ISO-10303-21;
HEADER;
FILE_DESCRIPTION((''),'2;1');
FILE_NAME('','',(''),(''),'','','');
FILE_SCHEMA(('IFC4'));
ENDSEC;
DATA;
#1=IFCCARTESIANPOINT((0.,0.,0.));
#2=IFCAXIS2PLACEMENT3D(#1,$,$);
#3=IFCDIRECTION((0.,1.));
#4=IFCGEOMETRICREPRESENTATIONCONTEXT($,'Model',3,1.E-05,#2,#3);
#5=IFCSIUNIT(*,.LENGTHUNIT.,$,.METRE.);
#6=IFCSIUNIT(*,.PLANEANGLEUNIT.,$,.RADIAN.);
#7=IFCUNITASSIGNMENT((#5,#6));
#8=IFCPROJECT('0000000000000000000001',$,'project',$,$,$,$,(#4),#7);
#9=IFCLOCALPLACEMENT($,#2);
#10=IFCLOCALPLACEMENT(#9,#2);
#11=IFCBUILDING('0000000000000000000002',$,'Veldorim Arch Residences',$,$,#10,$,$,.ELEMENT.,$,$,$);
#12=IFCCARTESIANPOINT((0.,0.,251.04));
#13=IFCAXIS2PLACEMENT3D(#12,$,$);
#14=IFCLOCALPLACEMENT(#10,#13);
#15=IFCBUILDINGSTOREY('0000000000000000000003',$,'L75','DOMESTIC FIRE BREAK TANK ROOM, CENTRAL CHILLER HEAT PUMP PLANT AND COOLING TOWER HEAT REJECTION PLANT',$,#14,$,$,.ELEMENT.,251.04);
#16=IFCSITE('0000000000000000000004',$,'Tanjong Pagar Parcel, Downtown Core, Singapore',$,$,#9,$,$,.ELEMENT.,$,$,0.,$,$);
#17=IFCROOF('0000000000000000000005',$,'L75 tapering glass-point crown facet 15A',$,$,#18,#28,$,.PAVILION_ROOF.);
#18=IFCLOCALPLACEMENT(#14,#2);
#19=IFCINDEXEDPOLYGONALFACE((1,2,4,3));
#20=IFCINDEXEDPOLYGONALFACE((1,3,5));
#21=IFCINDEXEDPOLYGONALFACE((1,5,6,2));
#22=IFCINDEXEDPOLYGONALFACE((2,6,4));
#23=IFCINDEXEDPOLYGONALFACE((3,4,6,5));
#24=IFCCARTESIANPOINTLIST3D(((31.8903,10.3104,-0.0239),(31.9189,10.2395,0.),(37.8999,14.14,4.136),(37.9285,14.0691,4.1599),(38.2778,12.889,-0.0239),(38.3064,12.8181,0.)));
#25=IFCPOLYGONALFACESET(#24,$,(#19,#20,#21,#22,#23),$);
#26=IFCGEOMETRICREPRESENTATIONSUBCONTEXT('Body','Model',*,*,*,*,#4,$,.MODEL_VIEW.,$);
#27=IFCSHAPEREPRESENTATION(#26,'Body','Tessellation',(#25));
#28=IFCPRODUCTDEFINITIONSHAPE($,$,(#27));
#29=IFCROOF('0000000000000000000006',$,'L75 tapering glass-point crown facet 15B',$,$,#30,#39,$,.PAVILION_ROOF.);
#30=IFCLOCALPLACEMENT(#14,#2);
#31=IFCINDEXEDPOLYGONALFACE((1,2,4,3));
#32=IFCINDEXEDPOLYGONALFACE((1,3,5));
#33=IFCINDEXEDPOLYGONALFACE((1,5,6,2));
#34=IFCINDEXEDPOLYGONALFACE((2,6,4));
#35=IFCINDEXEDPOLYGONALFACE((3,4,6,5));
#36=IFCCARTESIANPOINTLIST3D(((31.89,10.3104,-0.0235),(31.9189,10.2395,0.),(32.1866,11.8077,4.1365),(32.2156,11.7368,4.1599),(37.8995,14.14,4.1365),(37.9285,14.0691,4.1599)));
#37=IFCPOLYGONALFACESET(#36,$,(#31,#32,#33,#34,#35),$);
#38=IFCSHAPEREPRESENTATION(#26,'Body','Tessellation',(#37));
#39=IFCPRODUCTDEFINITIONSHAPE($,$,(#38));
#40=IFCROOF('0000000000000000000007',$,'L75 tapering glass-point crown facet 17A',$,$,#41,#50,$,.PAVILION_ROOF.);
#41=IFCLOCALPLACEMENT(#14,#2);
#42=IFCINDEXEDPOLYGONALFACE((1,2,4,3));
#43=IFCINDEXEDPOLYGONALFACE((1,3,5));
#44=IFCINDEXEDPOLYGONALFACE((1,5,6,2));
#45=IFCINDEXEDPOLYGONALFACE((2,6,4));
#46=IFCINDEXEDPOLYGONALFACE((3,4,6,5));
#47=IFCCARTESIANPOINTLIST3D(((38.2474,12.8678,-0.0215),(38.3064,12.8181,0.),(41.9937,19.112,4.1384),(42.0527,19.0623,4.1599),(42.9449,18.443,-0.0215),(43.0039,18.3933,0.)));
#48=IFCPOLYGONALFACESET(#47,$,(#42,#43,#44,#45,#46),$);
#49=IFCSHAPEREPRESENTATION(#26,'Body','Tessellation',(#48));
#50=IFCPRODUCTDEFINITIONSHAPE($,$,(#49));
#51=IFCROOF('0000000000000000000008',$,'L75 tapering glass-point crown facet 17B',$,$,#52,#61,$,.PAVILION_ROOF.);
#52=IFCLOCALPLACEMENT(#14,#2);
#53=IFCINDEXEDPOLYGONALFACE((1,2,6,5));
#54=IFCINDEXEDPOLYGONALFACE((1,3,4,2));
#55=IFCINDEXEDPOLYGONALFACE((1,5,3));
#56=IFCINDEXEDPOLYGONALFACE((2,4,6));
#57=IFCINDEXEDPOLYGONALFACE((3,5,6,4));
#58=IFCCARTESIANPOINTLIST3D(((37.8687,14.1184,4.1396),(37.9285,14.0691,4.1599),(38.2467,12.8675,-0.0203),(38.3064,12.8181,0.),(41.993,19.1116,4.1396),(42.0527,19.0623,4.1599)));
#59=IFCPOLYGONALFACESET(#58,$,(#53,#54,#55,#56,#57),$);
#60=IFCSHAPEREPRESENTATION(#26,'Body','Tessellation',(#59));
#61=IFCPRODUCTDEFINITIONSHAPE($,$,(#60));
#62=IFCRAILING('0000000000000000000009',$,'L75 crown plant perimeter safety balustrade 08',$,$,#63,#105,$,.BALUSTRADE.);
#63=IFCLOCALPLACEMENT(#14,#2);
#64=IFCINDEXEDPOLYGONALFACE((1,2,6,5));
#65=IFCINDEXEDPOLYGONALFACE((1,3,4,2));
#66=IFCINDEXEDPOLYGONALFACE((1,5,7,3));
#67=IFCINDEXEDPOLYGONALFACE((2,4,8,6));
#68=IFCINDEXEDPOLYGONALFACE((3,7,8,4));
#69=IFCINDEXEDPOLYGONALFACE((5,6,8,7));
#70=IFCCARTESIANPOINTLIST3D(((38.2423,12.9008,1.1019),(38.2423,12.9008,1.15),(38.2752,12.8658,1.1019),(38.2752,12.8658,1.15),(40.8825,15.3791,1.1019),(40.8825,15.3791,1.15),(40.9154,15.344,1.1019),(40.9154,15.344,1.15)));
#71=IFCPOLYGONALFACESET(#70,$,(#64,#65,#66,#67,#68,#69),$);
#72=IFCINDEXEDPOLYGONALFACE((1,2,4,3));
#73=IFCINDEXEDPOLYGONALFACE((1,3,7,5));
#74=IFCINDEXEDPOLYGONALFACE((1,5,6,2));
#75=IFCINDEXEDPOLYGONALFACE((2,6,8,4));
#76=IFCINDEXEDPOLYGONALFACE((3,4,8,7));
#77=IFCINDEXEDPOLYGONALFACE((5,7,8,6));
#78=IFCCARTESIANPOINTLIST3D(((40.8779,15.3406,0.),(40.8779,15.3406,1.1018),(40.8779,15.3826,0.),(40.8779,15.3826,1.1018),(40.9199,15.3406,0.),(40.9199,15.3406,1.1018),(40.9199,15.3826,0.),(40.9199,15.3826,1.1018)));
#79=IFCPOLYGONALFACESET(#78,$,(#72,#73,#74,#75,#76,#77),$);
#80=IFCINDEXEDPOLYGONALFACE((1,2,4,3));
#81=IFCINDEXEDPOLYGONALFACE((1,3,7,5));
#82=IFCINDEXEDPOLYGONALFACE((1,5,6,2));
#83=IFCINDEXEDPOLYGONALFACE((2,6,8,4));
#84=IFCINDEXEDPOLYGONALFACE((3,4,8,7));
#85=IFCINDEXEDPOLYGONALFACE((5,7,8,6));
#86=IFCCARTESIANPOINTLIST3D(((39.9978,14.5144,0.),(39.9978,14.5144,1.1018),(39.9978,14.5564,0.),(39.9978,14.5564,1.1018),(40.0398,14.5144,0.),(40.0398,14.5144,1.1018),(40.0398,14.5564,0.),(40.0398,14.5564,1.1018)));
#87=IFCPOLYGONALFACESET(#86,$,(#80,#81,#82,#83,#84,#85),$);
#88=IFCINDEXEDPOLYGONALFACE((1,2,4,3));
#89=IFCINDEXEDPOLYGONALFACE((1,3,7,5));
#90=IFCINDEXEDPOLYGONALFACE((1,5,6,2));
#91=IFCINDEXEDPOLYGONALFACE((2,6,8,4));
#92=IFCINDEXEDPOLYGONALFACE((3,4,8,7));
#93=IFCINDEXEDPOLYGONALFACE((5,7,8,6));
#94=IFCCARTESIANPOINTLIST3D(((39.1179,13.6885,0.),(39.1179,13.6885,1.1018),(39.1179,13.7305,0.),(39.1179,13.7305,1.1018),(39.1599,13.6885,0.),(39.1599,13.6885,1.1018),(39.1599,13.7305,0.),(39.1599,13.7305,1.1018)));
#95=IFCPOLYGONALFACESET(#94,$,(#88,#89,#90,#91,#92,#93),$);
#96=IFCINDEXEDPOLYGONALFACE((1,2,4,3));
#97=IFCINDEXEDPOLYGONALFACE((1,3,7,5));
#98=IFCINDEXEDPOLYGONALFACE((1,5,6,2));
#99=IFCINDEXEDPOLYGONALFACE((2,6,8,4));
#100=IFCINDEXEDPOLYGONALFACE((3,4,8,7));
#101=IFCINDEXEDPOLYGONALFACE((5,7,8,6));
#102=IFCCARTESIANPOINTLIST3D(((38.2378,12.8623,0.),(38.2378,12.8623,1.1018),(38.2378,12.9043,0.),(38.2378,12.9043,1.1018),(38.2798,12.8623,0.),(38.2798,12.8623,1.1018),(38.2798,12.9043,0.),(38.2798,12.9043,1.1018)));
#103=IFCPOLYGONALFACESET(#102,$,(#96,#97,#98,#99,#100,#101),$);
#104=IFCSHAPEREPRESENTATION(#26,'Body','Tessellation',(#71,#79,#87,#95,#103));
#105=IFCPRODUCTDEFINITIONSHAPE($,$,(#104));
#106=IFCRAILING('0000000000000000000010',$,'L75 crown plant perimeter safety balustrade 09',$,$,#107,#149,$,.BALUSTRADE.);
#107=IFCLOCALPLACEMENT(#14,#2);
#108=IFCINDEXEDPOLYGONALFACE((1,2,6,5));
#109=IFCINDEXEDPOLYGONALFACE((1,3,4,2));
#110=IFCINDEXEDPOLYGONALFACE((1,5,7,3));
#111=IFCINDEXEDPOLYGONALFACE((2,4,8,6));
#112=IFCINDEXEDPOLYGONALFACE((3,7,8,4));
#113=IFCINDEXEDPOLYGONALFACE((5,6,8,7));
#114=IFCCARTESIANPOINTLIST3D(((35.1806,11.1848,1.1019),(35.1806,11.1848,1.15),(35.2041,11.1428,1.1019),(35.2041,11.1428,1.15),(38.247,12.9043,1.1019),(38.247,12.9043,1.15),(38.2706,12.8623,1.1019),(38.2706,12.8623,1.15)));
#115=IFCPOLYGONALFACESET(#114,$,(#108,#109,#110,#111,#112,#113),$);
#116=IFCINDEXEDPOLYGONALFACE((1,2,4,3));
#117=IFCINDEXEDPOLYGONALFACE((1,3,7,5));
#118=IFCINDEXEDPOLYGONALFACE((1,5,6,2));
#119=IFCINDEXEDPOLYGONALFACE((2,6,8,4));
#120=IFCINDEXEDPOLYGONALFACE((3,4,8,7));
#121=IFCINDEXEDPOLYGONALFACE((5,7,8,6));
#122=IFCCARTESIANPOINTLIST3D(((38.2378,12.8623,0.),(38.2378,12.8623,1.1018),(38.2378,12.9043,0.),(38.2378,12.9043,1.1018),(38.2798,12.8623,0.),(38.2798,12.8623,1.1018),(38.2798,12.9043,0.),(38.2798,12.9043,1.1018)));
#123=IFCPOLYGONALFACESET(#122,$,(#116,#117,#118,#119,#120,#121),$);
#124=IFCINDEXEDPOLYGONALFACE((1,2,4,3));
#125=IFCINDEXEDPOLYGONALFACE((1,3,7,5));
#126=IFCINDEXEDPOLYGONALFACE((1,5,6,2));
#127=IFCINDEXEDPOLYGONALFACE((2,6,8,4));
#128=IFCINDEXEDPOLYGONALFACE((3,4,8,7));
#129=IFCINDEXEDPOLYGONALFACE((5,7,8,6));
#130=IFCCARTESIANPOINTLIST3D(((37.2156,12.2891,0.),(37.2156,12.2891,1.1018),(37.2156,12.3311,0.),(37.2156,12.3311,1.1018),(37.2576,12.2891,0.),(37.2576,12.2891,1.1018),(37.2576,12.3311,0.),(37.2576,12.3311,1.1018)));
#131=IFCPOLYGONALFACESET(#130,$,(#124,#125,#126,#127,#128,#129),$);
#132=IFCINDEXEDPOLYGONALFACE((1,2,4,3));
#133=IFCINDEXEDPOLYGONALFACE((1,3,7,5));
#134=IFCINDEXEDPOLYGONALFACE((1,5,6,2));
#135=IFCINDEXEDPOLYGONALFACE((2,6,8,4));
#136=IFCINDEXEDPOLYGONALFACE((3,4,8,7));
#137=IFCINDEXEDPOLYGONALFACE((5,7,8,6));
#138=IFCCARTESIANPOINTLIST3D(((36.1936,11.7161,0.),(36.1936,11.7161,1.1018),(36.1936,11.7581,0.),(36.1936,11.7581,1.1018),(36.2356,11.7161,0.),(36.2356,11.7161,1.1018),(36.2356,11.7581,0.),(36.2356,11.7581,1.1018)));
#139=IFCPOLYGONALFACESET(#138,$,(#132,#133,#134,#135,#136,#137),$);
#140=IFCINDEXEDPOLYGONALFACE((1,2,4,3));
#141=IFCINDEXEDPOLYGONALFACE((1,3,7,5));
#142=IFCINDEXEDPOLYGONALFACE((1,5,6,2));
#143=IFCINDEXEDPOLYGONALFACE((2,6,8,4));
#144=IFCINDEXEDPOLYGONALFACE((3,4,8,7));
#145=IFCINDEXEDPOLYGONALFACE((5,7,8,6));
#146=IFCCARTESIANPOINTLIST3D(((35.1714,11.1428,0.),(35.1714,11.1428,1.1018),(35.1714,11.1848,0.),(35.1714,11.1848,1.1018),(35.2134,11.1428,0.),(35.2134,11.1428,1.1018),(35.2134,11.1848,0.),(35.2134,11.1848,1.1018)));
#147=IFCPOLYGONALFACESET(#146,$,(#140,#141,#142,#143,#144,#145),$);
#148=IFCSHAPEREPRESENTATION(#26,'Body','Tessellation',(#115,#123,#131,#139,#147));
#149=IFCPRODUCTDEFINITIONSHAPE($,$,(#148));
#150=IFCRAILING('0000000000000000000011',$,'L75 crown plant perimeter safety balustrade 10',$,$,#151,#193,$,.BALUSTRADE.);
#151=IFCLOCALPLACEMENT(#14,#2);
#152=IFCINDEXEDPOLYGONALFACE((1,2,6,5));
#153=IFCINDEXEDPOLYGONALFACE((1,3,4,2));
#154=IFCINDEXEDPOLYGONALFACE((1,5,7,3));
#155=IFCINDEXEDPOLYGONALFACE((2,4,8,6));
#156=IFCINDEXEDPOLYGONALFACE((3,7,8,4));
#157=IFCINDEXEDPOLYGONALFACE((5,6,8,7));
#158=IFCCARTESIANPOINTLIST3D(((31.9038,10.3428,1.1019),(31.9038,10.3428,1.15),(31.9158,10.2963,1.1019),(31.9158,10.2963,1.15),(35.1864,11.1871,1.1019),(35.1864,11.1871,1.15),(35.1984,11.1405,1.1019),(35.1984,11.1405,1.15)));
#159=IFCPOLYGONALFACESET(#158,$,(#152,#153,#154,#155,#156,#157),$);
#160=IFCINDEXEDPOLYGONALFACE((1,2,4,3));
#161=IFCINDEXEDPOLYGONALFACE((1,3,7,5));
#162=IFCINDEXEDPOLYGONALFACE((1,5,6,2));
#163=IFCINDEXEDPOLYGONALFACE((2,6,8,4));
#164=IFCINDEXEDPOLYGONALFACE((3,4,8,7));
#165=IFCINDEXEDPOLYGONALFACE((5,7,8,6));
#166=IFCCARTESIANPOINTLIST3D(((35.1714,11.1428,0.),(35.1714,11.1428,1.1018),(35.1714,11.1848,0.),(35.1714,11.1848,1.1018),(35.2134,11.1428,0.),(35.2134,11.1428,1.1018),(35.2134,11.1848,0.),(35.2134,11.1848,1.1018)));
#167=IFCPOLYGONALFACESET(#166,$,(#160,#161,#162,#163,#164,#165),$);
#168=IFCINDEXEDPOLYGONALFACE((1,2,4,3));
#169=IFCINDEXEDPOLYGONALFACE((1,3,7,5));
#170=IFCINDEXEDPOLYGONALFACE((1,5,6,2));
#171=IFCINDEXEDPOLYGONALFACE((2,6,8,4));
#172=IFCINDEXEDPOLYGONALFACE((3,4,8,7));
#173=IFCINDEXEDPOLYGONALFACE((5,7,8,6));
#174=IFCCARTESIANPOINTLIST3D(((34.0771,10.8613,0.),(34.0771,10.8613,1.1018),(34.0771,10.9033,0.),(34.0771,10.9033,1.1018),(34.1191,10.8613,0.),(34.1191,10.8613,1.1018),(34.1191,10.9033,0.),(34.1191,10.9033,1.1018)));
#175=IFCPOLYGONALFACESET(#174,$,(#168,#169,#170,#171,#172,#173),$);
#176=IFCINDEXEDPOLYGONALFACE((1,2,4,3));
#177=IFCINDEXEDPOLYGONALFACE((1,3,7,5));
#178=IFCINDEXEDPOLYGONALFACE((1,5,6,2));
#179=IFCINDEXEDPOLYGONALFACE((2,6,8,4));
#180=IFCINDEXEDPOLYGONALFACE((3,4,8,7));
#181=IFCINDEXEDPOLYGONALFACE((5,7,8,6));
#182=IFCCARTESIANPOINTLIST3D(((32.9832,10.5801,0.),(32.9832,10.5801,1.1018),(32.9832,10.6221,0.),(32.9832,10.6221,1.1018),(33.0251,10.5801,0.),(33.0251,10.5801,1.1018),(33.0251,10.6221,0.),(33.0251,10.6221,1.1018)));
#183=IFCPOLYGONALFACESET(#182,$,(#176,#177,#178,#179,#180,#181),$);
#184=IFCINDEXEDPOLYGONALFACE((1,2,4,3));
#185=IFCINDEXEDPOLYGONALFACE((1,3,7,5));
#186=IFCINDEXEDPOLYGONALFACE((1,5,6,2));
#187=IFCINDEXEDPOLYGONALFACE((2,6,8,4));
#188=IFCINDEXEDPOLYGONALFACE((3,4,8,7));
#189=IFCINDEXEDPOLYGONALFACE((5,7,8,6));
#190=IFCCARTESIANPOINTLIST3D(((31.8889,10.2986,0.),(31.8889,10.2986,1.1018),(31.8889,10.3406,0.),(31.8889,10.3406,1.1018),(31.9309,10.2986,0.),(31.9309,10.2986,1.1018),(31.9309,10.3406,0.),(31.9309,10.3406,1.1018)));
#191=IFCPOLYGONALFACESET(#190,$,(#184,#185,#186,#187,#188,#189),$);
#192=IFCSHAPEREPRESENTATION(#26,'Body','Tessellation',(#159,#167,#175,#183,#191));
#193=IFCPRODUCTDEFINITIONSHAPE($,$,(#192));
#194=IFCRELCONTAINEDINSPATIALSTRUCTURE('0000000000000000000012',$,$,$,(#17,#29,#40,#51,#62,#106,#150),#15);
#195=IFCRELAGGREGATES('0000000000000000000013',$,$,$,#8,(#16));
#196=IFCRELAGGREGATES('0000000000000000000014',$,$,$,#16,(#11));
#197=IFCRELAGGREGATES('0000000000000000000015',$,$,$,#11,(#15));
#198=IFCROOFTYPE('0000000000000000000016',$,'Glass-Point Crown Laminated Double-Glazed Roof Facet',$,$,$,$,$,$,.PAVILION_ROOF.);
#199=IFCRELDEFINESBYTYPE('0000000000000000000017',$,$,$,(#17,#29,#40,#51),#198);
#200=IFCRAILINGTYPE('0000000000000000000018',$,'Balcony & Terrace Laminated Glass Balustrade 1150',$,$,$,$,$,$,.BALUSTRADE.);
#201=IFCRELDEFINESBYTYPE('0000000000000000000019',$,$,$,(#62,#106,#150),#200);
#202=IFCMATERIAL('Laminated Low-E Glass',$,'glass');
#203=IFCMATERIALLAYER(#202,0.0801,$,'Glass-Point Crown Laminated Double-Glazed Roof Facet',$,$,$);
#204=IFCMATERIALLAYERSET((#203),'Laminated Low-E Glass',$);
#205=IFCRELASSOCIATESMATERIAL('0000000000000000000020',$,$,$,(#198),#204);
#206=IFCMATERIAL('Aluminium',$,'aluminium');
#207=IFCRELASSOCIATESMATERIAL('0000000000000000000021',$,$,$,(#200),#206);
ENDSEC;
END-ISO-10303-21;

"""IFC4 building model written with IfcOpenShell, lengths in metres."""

from ifc_helpers import new_model, si_unit, direction, frame, origin, origin_2d, place, context, subcontext, project, spatial, polyline, rectangle, outline, extrude, material, layer, layer_set, type_object, element, save


model = new_model("IFC4")

# Units and contexts
model_context = context("Model", 3, precision=1e-05, world=origin(), true_north=direction((0.0, 1.0)))
body_context = subcontext(model_context, "Body", "Model", "MODEL_VIEW")
ifc_project = project(units=[si_unit("LENGTHUNIT", "METRE"), si_unit("PLANEANGLEUNIT", "RADIAN")], contexts=[model_context])

# Site, building, storey
site_placement = place(None, origin())
site = spatial("IfcSite", under=ifc_project, at=site_placement, Name="Tanjong Pagar Parcel, Downtown Core, Singapore", CompositionType="ELEMENT", RefElevation=0.0)
building_placement = place(site_placement, origin())
building = spatial("IfcBuilding", under=site, at=building_placement, Name="Veldorim Arch Residences", CompositionType="ELEMENT")
storey_placement = place(building_placement, frame((0.0, 0.0, 251.04)))
storey = spatial("IfcBuildingStorey", under=building, at=storey_placement, Name="L75", Description="DOMESTIC FIRE BREAK TANK ROOM, CENTRAL CHILLER HEAT PUMP PLANT AND COOLING TOWER HEAT REJECTION PLANT", CompositionType="ELEMENT", Elevation=251.04)

# Roofs
ifc_material_1 = material(Name="Laminated Low-E Glass", Category="glass")
ifc_layer_1 = layer(ifc_material_1, 0.0801, Name="Glass-Point Crown Laminated Double-Glazed Roof Facet")
ifc_layer_set_1 = layer_set([ifc_layer_1], Name="Laminated Low-E Glass")
roof_type = type_object("IfcRoofType", Name="Glass-Point Crown Laminated Double-Glazed Roof Facet", PredefinedType="PAVILION_ROOF", material=ifc_layer_set_1)
roof_1_placement = place(storey_placement, frame((31.9189, 10.2395, 0.0), z_axis=(0.357269, -0.884987, 0.298593), x_axis=(0.927289, 0.374346, 0.0)))
element("IfcRoof", 1, at=roof_1_placement, inside=storey, type_object=roof_type, Name="L75 tapering glass-point crown facet 15A", PredefinedType="PAVILION_ROOF", context=body_context, shape_type="SweptSolid", body=[
    extrude(outline(polyline([(0.0, 0.0), (6.8883, 0.0), (7.0062, 4.3588), (0.0, 0.0)])), origin(), (0.0, 0.0, -1.0), 0.0801),
])
roof_2_placement = place(storey_placement, frame((31.9189, 10.2395, 0.0), z_axis=(0.361393, -0.885228, 0.292858), x_axis=(0.728307, 0.464116, 0.504149)))
element("IfcRoof", 2, at=roof_2_placement, inside=storey, type_object=roof_type, Name="L75 tapering glass-point crown facet 15B", PredefinedType="PAVILION_ROOF", context=body_context, shape_type="SweptSolid", body=[
    extrude(outline(polyline([(0.0, 0.0), (8.2514, 0.0), (3.0082, 3.2536), (0.0, 0.0)])), origin(), (0.0, 0.0, -1.0), 0.0801),
])
roof_3_placement = place(storey_placement, frame((38.3064, 12.8181, 0.0), z_axis=(0.736703, -0.620726, 0.268266), x_axis=(0.644345, 0.764735, 0.0)))
element("IfcRoof", 3, at=roof_3_placement, inside=storey, type_object=roof_type, Name="L75 tapering glass-point crown facet 17A", PredefinedType="PAVILION_ROOF", context=body_context, shape_type="SweptSolid", body=[
    extrude(outline(polyline([(0.0, 0.0), (7.2904, 0.0), (7.189, 4.3182), (0.0, 0.0)])), origin(), (0.0, 0.0, -1.0), 0.0801),
])
roof_4_placement = place(storey_placement, frame((38.3064, 12.8181, 0.0), z_axis=(0.745909, -0.616108, 0.253043), x_axis=(0.446724, 0.744569, 0.49604)))
element("IfcRoof", 4, at=roof_4_placement, inside=storey, type_object=roof_type, Name="L75 tapering glass-point crown facet 17B", PredefinedType="PAVILION_ROOF", context=body_context, shape_type="SweptSolid", body=[
    extrude(outline(polyline([(0.0, 0.0), (8.3863, 0.0), (2.8261, 3.3205), (0.0, 0.0)])), origin(), (0.0, 0.0, -1.0), 0.0801),
])

# Railings
ifc_material_2 = material(Name="Aluminium", Category="aluminium")
railing_type = type_object("IfcRailingType", Name="Balcony & Terrace Laminated Glass Balustrade 1150", PredefinedType="BALUSTRADE", material=ifc_material_2)
railing_1_placement = place(storey_placement, frame((40.8989, 15.3616, 0.0)))
element("IfcRailing", 5, at=railing_1_placement, inside=storey, type_object=railing_type, Name="L75 crown plant perimeter safety balustrade 08", PredefinedType="BALUSTRADE", context=body_context, shape_type="SweptSolid", body=[
    extrude(rectangle(XDim=0.0481, YDim=0.0481, at=origin_2d()), frame((0.0, 0.0, 1.126), z_axis=(-0.729104, -0.684403, 0.0), x_axis=(0.684403, -0.729104, 0.0)), (0.0, 0.0, 1.0), 3.6211),
    extrude(rectangle(XDim=0.042, YDim=0.042, at=origin_2d()), origin(), (0.0, 0.0, 1.0), 1.1018),
    extrude(rectangle(XDim=0.042, YDim=0.042, at=origin_2d()), frame((-0.8801, -0.8262, 0.0)), (0.0, 0.0, 1.0), 1.1018),
    extrude(rectangle(XDim=0.042, YDim=0.042, at=origin_2d()), frame((-1.76, -1.6521, 0.0)), (0.0, 0.0, 1.0), 1.1018),
    extrude(rectangle(XDim=0.042, YDim=0.042, at=origin_2d()), frame((-2.6401, -2.4783, 0.0)), (0.0, 0.0, 1.0), 1.1018),
])
railing_2_placement = place(storey_placement, frame((38.2588, 12.8833, 0.0)))
element("IfcRailing", 6, at=railing_2_placement, inside=storey, type_object=railing_type, Name="L75 crown plant perimeter safety balustrade 09", PredefinedType="BALUSTRADE", context=body_context, shape_type="SweptSolid", body=[
    extrude(rectangle(XDim=0.0481, YDim=0.0481, at=origin_2d()), frame((0.0, 0.0, 1.126), z_axis=(-0.872228, -0.4891, 0.0), x_axis=(0.4891, -0.872228, 0.0)), (0.0, 0.0, 1.0), 3.5156),
    extrude(rectangle(XDim=0.042, YDim=0.042, at=origin_2d()), origin(), (0.0, 0.0, 1.0), 1.1018),
    extrude(rectangle(XDim=0.042, YDim=0.042, at=origin_2d()), frame((-1.0222, -0.5732, 0.0)), (0.0, 0.0, 1.0), 1.1018),
    extrude(rectangle(XDim=0.042, YDim=0.042, at=origin_2d()), frame((-2.0442, -1.1462, 0.0)), (0.0, 0.0, 1.0), 1.1018),
    extrude(rectangle(XDim=0.042, YDim=0.042, at=origin_2d()), frame((-3.0664, -1.7195, 0.0)), (0.0, 0.0, 1.0), 1.1018),
])
railing_3_placement = place(storey_placement, frame((35.1924, 11.1638, 0.0)))
element("IfcRailing", 7, at=railing_3_placement, inside=storey, type_object=railing_type, Name="L75 crown plant perimeter safety balustrade 10", PredefinedType="BALUSTRADE", context=body_context, shape_type="SweptSolid", body=[
    extrude(rectangle(XDim=0.0481, YDim=0.0481, at=origin_2d()), frame((0.0, 0.0, 1.126), z_axis=(-0.968481, -0.249089, 0.0), x_axis=(0.249089, -0.968481, 0.0)), (0.0, 0.0, 1.0), 3.3894),
    extrude(rectangle(XDim=0.042, YDim=0.042, at=origin_2d()), origin(), (0.0, 0.0, 1.0), 1.1018),
    extrude(rectangle(XDim=0.042, YDim=0.042, at=origin_2d()), frame((-1.0942, -0.2815, 0.0)), (0.0, 0.0, 1.0), 1.1018),
    extrude(rectangle(XDim=0.042, YDim=0.042, at=origin_2d()), frame((-2.1882, -0.5627, 0.0)), (0.0, 0.0, 1.0), 1.1018),
    extrude(rectangle(XDim=0.042, YDim=0.042, at=origin_2d()), frame((-3.2825, -0.8442, 0.0)), (0.0, 0.0, 1.0), 1.1018),
])

save(model, "model.ifc")
